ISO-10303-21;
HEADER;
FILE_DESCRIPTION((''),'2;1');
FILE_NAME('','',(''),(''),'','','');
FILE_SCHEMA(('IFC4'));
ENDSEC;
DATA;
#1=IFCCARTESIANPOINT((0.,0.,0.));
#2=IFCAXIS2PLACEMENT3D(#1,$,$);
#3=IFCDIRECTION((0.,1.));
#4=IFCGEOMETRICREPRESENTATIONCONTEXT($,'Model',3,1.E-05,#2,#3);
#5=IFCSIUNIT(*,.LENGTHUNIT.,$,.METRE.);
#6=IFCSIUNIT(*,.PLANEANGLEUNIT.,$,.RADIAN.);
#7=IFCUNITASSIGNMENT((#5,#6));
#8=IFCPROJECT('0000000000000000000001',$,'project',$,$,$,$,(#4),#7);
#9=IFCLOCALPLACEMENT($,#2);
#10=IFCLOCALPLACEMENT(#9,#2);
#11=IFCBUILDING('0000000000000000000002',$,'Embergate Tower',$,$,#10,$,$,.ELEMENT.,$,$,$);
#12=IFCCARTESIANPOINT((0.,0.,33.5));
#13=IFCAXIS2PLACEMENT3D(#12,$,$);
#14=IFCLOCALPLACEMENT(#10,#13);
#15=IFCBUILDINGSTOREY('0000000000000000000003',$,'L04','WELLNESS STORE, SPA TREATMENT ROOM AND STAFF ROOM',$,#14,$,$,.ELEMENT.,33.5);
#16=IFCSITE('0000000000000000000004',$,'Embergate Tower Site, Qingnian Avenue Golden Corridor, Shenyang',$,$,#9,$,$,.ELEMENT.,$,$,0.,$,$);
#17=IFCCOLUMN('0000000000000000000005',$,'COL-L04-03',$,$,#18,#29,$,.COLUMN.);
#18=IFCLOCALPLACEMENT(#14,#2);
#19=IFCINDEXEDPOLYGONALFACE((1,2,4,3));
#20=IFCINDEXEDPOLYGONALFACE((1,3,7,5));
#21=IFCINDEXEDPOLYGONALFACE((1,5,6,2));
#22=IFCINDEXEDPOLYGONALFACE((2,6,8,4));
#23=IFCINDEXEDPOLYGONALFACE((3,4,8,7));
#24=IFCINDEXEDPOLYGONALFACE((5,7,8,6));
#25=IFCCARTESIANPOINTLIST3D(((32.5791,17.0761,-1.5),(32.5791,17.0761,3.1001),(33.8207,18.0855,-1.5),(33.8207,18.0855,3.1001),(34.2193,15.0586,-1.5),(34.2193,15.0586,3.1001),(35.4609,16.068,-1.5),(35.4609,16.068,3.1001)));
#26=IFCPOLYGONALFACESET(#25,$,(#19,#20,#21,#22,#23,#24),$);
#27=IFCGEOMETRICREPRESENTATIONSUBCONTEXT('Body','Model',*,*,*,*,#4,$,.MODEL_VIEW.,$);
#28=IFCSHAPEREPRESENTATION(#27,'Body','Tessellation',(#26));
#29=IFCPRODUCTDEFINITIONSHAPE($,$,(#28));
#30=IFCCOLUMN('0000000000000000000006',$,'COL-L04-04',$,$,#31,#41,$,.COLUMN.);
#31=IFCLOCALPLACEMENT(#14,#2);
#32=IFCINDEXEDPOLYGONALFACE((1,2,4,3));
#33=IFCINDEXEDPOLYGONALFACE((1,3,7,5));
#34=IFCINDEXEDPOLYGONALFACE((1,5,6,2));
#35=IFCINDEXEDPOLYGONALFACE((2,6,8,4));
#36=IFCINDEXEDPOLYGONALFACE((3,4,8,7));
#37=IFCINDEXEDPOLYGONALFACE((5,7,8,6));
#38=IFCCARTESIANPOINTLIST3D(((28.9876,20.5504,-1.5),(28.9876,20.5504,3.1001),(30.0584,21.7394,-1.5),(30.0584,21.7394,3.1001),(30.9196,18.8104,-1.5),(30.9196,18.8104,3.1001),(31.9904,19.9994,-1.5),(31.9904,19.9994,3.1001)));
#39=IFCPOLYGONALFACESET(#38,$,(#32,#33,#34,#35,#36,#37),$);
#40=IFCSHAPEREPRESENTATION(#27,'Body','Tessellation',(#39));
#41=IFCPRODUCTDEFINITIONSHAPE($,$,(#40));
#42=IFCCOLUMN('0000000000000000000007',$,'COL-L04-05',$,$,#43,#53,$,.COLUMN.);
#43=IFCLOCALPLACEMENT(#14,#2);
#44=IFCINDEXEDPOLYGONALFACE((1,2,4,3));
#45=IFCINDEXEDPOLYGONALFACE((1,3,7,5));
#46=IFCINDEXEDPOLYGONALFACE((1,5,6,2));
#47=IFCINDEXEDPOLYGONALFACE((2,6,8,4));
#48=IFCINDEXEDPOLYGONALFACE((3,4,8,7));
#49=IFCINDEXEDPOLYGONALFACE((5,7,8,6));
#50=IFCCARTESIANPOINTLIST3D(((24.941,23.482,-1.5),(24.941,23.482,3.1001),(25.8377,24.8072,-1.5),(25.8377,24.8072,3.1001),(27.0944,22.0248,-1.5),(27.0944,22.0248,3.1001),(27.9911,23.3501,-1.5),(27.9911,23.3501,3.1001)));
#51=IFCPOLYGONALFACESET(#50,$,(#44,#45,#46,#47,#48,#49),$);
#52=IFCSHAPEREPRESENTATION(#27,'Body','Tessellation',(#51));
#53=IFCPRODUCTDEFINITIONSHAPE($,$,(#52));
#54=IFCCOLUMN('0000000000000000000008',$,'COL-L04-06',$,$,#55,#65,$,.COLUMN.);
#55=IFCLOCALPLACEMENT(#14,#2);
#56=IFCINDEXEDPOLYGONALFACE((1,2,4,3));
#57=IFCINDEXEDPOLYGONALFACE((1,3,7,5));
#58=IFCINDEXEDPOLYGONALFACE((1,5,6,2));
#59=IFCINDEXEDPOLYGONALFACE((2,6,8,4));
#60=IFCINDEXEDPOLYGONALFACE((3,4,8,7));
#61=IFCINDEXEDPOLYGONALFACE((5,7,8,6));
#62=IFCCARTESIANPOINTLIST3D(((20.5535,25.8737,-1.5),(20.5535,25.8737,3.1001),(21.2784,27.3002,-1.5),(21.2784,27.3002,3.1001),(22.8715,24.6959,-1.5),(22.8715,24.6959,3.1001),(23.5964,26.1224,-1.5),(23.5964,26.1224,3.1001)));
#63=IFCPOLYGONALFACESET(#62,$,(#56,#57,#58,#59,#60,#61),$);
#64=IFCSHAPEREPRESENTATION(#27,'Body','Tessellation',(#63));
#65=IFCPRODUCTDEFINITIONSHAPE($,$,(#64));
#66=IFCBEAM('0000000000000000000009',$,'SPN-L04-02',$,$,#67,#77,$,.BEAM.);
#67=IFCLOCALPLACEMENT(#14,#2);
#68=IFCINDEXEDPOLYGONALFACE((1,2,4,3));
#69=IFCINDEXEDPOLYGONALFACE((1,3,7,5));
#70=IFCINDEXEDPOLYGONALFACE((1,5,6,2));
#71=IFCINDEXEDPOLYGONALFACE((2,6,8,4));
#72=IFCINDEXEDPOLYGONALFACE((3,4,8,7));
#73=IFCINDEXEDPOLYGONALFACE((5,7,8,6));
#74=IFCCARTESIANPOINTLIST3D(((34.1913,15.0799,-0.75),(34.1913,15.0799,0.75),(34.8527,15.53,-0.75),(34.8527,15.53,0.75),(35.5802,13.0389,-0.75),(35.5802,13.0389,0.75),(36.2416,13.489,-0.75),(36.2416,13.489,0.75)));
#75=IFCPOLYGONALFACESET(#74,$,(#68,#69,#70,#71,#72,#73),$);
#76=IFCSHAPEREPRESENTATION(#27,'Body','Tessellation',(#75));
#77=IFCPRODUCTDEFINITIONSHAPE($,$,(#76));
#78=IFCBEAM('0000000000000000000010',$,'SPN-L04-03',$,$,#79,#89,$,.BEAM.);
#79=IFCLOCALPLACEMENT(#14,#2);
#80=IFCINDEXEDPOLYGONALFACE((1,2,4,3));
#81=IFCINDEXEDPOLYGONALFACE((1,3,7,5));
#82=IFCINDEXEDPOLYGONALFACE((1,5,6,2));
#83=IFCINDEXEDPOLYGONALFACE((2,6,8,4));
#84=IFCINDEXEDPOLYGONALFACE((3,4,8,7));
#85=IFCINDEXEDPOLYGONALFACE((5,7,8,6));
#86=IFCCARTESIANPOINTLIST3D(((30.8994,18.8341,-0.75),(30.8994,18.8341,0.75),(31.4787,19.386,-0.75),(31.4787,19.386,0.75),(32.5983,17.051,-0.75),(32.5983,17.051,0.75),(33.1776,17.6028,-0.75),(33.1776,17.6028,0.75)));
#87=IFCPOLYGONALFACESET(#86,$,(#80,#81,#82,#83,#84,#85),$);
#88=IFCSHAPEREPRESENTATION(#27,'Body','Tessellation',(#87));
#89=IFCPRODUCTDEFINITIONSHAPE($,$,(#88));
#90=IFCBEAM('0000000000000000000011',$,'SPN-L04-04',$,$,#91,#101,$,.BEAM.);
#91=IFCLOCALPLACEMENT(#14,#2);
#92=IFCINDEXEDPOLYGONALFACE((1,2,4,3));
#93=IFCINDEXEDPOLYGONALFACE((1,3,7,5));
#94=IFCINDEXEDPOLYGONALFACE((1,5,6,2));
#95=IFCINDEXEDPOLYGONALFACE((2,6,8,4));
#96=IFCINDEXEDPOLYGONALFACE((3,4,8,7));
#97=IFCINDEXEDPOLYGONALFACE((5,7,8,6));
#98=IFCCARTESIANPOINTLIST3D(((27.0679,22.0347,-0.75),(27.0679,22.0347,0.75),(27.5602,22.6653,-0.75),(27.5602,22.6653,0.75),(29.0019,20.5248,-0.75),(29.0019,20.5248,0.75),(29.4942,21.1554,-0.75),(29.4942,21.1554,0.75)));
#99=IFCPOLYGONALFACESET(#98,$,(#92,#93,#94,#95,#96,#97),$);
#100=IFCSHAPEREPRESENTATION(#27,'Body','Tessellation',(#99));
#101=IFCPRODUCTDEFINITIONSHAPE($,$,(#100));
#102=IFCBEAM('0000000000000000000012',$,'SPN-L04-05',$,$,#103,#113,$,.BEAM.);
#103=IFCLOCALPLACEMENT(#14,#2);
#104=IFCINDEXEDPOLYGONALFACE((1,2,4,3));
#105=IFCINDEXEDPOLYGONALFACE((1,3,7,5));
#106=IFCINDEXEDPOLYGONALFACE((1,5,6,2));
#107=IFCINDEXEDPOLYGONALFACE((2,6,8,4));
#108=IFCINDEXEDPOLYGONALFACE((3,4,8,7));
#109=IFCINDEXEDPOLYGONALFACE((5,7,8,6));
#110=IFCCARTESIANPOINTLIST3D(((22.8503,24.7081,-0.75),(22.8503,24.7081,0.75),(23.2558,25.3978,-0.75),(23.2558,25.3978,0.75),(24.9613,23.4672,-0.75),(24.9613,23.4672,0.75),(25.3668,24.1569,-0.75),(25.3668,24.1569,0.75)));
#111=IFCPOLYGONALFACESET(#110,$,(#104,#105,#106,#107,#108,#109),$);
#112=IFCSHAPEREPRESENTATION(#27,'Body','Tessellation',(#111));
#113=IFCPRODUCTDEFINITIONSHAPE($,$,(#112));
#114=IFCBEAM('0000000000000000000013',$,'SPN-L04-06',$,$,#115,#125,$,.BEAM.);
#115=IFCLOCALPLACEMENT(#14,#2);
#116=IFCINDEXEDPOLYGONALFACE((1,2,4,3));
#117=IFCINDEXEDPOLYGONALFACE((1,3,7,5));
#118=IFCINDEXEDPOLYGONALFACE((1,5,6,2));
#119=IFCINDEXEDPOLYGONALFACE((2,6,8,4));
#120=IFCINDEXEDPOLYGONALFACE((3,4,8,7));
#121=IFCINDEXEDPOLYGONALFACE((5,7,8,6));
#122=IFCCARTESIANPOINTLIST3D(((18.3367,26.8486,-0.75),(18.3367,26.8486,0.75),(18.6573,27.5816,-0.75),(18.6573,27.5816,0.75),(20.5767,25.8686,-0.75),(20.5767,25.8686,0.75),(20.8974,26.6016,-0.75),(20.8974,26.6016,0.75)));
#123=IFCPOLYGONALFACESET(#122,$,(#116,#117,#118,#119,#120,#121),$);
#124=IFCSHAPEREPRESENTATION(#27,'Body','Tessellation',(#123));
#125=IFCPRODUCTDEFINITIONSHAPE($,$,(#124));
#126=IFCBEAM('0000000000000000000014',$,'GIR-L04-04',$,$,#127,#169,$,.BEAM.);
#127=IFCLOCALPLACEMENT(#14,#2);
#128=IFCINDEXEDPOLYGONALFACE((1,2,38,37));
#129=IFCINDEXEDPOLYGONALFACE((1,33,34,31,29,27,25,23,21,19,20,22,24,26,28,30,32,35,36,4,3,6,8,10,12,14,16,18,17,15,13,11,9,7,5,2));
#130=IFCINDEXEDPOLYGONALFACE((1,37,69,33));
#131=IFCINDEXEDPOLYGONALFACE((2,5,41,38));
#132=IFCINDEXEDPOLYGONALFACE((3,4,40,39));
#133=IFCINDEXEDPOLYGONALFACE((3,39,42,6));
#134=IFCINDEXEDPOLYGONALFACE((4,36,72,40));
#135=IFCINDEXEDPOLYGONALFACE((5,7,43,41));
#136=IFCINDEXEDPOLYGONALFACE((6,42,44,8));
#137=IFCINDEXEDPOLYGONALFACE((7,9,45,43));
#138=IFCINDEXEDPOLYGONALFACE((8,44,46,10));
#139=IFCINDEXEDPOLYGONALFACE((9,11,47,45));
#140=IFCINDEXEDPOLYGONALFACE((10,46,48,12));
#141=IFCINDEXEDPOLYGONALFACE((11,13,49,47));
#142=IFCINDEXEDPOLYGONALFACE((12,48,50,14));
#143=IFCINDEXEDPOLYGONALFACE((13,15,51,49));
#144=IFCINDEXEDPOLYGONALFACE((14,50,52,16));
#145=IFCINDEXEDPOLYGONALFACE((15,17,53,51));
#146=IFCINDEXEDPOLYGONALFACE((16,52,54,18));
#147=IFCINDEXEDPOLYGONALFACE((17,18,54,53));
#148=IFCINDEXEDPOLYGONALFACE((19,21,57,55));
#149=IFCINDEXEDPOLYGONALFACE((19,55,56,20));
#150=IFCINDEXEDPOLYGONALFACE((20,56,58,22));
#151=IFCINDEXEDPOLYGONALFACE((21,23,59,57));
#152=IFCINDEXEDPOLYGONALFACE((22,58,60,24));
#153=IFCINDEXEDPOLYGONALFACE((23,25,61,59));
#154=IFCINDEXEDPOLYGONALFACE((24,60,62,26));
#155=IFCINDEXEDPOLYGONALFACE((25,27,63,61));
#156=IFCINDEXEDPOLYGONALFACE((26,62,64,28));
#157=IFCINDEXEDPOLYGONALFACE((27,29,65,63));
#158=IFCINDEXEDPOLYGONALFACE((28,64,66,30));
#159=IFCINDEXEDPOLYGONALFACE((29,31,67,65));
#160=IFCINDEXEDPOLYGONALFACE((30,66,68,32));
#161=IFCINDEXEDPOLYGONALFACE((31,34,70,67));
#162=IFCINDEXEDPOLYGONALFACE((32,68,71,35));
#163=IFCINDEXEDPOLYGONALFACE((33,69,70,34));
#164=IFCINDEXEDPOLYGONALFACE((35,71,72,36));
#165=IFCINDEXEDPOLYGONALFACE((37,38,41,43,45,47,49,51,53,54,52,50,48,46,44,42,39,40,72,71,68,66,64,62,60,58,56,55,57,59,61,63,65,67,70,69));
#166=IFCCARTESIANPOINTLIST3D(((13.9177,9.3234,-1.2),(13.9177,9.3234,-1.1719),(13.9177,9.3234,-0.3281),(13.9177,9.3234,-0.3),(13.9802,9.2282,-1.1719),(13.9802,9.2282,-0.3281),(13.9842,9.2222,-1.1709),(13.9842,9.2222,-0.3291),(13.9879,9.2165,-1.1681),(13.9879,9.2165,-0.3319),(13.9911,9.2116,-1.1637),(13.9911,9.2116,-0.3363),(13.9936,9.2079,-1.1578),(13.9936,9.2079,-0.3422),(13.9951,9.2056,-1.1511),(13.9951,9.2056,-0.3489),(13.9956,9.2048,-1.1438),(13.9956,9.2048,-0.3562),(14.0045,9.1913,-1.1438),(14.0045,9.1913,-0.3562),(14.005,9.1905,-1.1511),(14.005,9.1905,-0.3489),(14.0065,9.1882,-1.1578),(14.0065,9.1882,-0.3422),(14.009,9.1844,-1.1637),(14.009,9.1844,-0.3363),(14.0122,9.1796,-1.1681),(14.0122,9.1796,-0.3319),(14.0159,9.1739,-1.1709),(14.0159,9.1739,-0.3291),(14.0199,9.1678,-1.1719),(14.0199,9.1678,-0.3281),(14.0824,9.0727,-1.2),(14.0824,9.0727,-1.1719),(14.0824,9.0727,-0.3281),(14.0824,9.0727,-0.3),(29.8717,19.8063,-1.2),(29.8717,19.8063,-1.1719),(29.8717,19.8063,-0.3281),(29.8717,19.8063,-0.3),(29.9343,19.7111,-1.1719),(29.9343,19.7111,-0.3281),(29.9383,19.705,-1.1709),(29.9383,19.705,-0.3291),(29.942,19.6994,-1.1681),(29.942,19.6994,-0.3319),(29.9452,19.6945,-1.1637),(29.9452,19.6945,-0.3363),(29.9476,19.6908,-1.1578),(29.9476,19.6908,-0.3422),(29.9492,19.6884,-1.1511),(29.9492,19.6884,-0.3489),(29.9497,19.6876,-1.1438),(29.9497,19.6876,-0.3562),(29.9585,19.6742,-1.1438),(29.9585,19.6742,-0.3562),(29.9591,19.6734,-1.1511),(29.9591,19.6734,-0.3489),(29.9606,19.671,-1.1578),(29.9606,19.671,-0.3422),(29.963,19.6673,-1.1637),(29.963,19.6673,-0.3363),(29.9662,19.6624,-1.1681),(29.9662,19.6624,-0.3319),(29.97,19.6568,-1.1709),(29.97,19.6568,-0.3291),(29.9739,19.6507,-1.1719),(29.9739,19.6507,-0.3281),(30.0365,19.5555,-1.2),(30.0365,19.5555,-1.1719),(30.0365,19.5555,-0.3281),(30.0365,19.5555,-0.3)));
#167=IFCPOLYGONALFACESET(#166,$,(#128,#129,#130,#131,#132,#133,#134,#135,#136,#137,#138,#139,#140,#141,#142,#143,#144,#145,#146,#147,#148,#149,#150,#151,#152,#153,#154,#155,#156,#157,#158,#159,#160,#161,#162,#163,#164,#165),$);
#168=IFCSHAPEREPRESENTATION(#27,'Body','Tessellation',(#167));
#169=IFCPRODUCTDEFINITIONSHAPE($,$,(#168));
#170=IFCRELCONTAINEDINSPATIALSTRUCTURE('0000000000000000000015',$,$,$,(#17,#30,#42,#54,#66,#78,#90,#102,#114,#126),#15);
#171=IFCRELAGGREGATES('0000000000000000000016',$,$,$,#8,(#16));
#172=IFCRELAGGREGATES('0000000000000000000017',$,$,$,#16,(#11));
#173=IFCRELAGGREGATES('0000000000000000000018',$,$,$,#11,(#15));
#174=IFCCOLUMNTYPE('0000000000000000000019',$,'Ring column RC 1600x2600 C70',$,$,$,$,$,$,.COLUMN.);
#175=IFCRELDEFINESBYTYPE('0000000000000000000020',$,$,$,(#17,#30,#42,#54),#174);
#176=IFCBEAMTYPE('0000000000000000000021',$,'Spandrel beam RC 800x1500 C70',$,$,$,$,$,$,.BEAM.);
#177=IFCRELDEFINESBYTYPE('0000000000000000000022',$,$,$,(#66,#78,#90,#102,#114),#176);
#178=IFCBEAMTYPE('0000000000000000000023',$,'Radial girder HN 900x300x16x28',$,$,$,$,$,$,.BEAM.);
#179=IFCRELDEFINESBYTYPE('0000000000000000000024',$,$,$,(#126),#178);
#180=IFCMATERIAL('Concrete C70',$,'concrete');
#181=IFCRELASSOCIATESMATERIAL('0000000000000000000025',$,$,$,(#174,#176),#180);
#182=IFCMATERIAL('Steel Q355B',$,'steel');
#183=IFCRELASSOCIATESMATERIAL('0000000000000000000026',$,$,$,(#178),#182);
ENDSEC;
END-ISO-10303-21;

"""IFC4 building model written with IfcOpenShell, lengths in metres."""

from ifc_helpers import new_model, si_unit, direction, frame, origin, origin_2d, place, context, subcontext, project, spatial, rectangle, i_section, extrude, source, transform, mapped, material, material_profile, profile_set, type_object, element, save


model = new_model("IFC4")

# Units and contexts
model_context = context("Model", 3, precision=1e-05, world=origin(), true_north=direction((0.0, 1.0)))
body_context = subcontext(model_context, "Body", "Model", "MODEL_VIEW")
ifc_project = project(units=[si_unit("LENGTHUNIT", "METRE"), si_unit("PLANEANGLEUNIT", "RADIAN")], contexts=[model_context])

# Site, building, storey
site_placement = place(None, origin())
site = spatial("IfcSite", under=ifc_project, at=site_placement, Name="Embergate Tower Site, Qingnian Avenue Golden Corridor, Shenyang", CompositionType="ELEMENT", RefElevation=0.0)
building_placement = place(site_placement, origin())
building = spatial("IfcBuilding", under=site, at=building_placement, Name="Embergate Tower", CompositionType="ELEMENT")
storey_placement = place(building_placement, frame((0.0, 0.0, 33.5)))
storey = spatial("IfcBuildingStorey", under=building, at=storey_placement, Name="L04", Description="WELLNESS STORE, SPA TREATMENT ROOM AND STAFF ROOM", CompositionType="ELEMENT", Elevation=33.5)

# Columns
ifc_material_1 = material(Name="Concrete C70", Category="concrete")
ifc_material_profile_1 = material_profile(ifc_material_1, rectangle(XDim=1.6001, YDim=2.6001, at=origin_2d()), Name="RC 1600x2600")
ifc_profile_set_1 = profile_set([ifc_material_profile_1], Name="Concrete C70")
column_type = type_object("IfcColumnType", Name="Ring column RC 1600x2600 C70", PredefinedType="COLUMN", material=ifc_profile_set_1)
shared_shape_1 = source(origin(), body_context, "Body", "SweptSolid", [
    extrude(rectangle(XDim=1.6001, YDim=2.6001, at=origin_2d()), origin(), (0.0, 0.0, 1.0), 4.6001),
])
for number, where, z_axis, x_axis, name in (
    (1, (34.02, 16.572, -1.5), (0.0, 0.0, 1.0), (0.775925, 0.630825, 0.0), "COL-L04-03"),
    (2, (30.489, 20.2749, -1.5), (0.0, 0.0, 1.0), (0.669221, 0.743063, 0.0), "COL-L04-04"),
    (3, (26.4661, 23.416, -1.5), (0.0, 0.0, 1.0), (0.560408, 0.828217, 0.0), "COL-L04-05"),
    (4, (22.075, 25.998, -1.5), (0.0, 0.0, 1.0), (0.453011, 0.891505, 0.0), "COL-L04-06"),
):
    element("IfcColumn", number, at=place(storey_placement, frame(where, z_axis=z_axis, x_axis=x_axis)), inside=storey, type_object=column_type, Name=name, PredefinedType="COLUMN", context=body_context, shape_type="MappedRepresentation", body=[
        mapped(shared_shape_1, transform((0.0, 0.0, 0.0))),
    ])

# Beams
ifc_material_profile_2 = material_profile(ifc_material_1, rectangle(XDim=0.8, YDim=1.5, at=origin_2d()), Name="RC 800x1500")
ifc_profile_set_2 = profile_set([ifc_material_profile_2], Name="Concrete C70")
beam_type_1 = type_object("IfcBeamType", Name="Spandrel beam RC 800x1500 C70", PredefinedType="BEAM", material=ifc_profile_set_2)
shared_shape_2 = source(origin(), body_context, "Body", "SweptSolid", [
    extrude(rectangle(XDim=0.8, YDim=1.5, at=origin_2d()), origin(), (0.0, 0.0, 1.0), 2.4688),
])
beam_1_placement = place(storey_placement, frame((35.9109, 13.2639, 0.0), z_axis=(-0.562594, 0.826733, 0.0), x_axis=(-0.826733, -0.562594, 0.0)))
element("IfcBeam", 5, at=beam_1_placement, inside=storey, type_object=beam_type_1, Name="SPN-L04-02", PredefinedType="BEAM", context=body_context, shape_type="MappedRepresentation", body=[
    mapped(shared_shape_2, transform((0.0, 0.0, 0.0))),
])
shared_shape_3 = source(origin(), body_context, "Body", "SweptSolid", [
    extrude(rectangle(XDim=0.8, YDim=1.5, at=origin_2d()), origin(), (0.0, 0.0, 1.0), 2.4629),
])
beam_2_placement = place(storey_placement, frame((32.8879, 17.3269, 0.0), z_axis=(-0.689801, 0.723999, 0.0), x_axis=(-0.723999, -0.689801, 0.0)))
element("IfcBeam", 6, at=beam_2_placement, inside=storey, type_object=beam_type_1, Name="SPN-L04-03", PredefinedType="BEAM", context=body_context, shape_type="MappedRepresentation", body=[
    mapped(shared_shape_3, transform((0.0, 0.0, 0.0))),
])
shared_shape_4 = source(origin(), body_context, "Body", "SweptSolid", [
    extrude(rectangle(XDim=0.8, YDim=1.5, at=origin_2d()), origin(), (0.0, 0.0, 1.0), 2.4536),
])
beam_3_placement = place(storey_placement, frame((29.248, 20.8401, 0.0), z_axis=(-0.78822, 0.615393, 0.0), x_axis=(-0.615393, -0.78822, 0.0)))
element("IfcBeam", 7, at=beam_3_placement, inside=storey, type_object=beam_type_1, Name="SPN-L04-04", PredefinedType="BEAM", context=body_context, shape_type="MappedRepresentation", body=[
    mapped(shared_shape_4, transform((0.0, 0.0, 0.0))),
])
shared_shape_5 = source(origin(), body_context, "Body", "SweptSolid", [
    extrude(rectangle(XDim=0.8, YDim=1.5, at=origin_2d()), origin(), (0.0, 0.0, 1.0), 2.4487),
])
beam_4_placement = place(storey_placement, frame((25.1641, 23.812, 0.0), z_axis=(-0.862085, 0.506763, 0.0), x_axis=(-0.506763, -0.862085, 0.0)))
element("IfcBeam", 8, at=beam_4_placement, inside=storey, type_object=beam_type_1, Name="SPN-L04-05", PredefinedType="BEAM", context=body_context, shape_type="MappedRepresentation", body=[
    mapped(shared_shape_5, transform((0.0, 0.0, 0.0))),
])
shared_shape_6 = source(origin(), body_context, "Body", "SweptSolid", [
    extrude(rectangle(XDim=0.8, YDim=1.5, at=origin_2d()), origin(), (0.0, 0.0, 1.0), 2.4451),
])
beam_5_placement = place(storey_placement, frame((20.7371, 26.2351, 0.0), z_axis=(-0.91616, 0.400814, 0.0), x_axis=(-0.400814, -0.91616, 0.0)))
element("IfcBeam", 9, at=beam_5_placement, inside=storey, type_object=beam_type_1, Name="SPN-L04-06", PredefinedType="BEAM", context=body_context, shape_type="MappedRepresentation", body=[
    mapped(shared_shape_6, transform((0.0, 0.0, 0.0))),
])
ifc_material_2 = material(Name="Steel Q355B", Category="steel")
ifc_material_profile_3 = material_profile(ifc_material_2, i_section(OverallWidth=0.3, OverallDepth=0.8999, WebThickness=0.0161, FlangeThickness=0.0281, FilletRadius=0.0281, at=origin_2d()), Name="HN 900x300x16x28")
ifc_profile_set_3 = profile_set([ifc_material_profile_3], Name="Steel Q355 grade B")
beam_type_2 = type_object("IfcBeamType", Name="Radial girder HN 900x300x16x28", PredefinedType="BEAM", material=ifc_profile_set_3)
shared_shape_7 = source(origin(), body_context, "Body", "SweptSolid", [
    extrude(i_section(OverallWidth=0.3, OverallDepth=0.8999, WebThickness=0.0161, FlangeThickness=0.0281, FilletRadius=0.0281, at=origin_2d()), origin(), (0.0, 0.0, 1.0), 19.0898),
])
beam_6_placement = place(storey_placement, frame((29.9541, 19.6809, -0.75), z_axis=(-0.835735, -0.549133, 0.0), x_axis=(0.549133, -0.835735, 0.0)))
element("IfcBeam", 10, at=beam_6_placement, inside=storey, type_object=beam_type_2, Name="GIR-L04-04", PredefinedType="BEAM", context=body_context, shape_type="MappedRepresentation", body=[
    mapped(shared_shape_7, transform((0.0, 0.0, 0.0))),
])

save(model, "model.ifc")
